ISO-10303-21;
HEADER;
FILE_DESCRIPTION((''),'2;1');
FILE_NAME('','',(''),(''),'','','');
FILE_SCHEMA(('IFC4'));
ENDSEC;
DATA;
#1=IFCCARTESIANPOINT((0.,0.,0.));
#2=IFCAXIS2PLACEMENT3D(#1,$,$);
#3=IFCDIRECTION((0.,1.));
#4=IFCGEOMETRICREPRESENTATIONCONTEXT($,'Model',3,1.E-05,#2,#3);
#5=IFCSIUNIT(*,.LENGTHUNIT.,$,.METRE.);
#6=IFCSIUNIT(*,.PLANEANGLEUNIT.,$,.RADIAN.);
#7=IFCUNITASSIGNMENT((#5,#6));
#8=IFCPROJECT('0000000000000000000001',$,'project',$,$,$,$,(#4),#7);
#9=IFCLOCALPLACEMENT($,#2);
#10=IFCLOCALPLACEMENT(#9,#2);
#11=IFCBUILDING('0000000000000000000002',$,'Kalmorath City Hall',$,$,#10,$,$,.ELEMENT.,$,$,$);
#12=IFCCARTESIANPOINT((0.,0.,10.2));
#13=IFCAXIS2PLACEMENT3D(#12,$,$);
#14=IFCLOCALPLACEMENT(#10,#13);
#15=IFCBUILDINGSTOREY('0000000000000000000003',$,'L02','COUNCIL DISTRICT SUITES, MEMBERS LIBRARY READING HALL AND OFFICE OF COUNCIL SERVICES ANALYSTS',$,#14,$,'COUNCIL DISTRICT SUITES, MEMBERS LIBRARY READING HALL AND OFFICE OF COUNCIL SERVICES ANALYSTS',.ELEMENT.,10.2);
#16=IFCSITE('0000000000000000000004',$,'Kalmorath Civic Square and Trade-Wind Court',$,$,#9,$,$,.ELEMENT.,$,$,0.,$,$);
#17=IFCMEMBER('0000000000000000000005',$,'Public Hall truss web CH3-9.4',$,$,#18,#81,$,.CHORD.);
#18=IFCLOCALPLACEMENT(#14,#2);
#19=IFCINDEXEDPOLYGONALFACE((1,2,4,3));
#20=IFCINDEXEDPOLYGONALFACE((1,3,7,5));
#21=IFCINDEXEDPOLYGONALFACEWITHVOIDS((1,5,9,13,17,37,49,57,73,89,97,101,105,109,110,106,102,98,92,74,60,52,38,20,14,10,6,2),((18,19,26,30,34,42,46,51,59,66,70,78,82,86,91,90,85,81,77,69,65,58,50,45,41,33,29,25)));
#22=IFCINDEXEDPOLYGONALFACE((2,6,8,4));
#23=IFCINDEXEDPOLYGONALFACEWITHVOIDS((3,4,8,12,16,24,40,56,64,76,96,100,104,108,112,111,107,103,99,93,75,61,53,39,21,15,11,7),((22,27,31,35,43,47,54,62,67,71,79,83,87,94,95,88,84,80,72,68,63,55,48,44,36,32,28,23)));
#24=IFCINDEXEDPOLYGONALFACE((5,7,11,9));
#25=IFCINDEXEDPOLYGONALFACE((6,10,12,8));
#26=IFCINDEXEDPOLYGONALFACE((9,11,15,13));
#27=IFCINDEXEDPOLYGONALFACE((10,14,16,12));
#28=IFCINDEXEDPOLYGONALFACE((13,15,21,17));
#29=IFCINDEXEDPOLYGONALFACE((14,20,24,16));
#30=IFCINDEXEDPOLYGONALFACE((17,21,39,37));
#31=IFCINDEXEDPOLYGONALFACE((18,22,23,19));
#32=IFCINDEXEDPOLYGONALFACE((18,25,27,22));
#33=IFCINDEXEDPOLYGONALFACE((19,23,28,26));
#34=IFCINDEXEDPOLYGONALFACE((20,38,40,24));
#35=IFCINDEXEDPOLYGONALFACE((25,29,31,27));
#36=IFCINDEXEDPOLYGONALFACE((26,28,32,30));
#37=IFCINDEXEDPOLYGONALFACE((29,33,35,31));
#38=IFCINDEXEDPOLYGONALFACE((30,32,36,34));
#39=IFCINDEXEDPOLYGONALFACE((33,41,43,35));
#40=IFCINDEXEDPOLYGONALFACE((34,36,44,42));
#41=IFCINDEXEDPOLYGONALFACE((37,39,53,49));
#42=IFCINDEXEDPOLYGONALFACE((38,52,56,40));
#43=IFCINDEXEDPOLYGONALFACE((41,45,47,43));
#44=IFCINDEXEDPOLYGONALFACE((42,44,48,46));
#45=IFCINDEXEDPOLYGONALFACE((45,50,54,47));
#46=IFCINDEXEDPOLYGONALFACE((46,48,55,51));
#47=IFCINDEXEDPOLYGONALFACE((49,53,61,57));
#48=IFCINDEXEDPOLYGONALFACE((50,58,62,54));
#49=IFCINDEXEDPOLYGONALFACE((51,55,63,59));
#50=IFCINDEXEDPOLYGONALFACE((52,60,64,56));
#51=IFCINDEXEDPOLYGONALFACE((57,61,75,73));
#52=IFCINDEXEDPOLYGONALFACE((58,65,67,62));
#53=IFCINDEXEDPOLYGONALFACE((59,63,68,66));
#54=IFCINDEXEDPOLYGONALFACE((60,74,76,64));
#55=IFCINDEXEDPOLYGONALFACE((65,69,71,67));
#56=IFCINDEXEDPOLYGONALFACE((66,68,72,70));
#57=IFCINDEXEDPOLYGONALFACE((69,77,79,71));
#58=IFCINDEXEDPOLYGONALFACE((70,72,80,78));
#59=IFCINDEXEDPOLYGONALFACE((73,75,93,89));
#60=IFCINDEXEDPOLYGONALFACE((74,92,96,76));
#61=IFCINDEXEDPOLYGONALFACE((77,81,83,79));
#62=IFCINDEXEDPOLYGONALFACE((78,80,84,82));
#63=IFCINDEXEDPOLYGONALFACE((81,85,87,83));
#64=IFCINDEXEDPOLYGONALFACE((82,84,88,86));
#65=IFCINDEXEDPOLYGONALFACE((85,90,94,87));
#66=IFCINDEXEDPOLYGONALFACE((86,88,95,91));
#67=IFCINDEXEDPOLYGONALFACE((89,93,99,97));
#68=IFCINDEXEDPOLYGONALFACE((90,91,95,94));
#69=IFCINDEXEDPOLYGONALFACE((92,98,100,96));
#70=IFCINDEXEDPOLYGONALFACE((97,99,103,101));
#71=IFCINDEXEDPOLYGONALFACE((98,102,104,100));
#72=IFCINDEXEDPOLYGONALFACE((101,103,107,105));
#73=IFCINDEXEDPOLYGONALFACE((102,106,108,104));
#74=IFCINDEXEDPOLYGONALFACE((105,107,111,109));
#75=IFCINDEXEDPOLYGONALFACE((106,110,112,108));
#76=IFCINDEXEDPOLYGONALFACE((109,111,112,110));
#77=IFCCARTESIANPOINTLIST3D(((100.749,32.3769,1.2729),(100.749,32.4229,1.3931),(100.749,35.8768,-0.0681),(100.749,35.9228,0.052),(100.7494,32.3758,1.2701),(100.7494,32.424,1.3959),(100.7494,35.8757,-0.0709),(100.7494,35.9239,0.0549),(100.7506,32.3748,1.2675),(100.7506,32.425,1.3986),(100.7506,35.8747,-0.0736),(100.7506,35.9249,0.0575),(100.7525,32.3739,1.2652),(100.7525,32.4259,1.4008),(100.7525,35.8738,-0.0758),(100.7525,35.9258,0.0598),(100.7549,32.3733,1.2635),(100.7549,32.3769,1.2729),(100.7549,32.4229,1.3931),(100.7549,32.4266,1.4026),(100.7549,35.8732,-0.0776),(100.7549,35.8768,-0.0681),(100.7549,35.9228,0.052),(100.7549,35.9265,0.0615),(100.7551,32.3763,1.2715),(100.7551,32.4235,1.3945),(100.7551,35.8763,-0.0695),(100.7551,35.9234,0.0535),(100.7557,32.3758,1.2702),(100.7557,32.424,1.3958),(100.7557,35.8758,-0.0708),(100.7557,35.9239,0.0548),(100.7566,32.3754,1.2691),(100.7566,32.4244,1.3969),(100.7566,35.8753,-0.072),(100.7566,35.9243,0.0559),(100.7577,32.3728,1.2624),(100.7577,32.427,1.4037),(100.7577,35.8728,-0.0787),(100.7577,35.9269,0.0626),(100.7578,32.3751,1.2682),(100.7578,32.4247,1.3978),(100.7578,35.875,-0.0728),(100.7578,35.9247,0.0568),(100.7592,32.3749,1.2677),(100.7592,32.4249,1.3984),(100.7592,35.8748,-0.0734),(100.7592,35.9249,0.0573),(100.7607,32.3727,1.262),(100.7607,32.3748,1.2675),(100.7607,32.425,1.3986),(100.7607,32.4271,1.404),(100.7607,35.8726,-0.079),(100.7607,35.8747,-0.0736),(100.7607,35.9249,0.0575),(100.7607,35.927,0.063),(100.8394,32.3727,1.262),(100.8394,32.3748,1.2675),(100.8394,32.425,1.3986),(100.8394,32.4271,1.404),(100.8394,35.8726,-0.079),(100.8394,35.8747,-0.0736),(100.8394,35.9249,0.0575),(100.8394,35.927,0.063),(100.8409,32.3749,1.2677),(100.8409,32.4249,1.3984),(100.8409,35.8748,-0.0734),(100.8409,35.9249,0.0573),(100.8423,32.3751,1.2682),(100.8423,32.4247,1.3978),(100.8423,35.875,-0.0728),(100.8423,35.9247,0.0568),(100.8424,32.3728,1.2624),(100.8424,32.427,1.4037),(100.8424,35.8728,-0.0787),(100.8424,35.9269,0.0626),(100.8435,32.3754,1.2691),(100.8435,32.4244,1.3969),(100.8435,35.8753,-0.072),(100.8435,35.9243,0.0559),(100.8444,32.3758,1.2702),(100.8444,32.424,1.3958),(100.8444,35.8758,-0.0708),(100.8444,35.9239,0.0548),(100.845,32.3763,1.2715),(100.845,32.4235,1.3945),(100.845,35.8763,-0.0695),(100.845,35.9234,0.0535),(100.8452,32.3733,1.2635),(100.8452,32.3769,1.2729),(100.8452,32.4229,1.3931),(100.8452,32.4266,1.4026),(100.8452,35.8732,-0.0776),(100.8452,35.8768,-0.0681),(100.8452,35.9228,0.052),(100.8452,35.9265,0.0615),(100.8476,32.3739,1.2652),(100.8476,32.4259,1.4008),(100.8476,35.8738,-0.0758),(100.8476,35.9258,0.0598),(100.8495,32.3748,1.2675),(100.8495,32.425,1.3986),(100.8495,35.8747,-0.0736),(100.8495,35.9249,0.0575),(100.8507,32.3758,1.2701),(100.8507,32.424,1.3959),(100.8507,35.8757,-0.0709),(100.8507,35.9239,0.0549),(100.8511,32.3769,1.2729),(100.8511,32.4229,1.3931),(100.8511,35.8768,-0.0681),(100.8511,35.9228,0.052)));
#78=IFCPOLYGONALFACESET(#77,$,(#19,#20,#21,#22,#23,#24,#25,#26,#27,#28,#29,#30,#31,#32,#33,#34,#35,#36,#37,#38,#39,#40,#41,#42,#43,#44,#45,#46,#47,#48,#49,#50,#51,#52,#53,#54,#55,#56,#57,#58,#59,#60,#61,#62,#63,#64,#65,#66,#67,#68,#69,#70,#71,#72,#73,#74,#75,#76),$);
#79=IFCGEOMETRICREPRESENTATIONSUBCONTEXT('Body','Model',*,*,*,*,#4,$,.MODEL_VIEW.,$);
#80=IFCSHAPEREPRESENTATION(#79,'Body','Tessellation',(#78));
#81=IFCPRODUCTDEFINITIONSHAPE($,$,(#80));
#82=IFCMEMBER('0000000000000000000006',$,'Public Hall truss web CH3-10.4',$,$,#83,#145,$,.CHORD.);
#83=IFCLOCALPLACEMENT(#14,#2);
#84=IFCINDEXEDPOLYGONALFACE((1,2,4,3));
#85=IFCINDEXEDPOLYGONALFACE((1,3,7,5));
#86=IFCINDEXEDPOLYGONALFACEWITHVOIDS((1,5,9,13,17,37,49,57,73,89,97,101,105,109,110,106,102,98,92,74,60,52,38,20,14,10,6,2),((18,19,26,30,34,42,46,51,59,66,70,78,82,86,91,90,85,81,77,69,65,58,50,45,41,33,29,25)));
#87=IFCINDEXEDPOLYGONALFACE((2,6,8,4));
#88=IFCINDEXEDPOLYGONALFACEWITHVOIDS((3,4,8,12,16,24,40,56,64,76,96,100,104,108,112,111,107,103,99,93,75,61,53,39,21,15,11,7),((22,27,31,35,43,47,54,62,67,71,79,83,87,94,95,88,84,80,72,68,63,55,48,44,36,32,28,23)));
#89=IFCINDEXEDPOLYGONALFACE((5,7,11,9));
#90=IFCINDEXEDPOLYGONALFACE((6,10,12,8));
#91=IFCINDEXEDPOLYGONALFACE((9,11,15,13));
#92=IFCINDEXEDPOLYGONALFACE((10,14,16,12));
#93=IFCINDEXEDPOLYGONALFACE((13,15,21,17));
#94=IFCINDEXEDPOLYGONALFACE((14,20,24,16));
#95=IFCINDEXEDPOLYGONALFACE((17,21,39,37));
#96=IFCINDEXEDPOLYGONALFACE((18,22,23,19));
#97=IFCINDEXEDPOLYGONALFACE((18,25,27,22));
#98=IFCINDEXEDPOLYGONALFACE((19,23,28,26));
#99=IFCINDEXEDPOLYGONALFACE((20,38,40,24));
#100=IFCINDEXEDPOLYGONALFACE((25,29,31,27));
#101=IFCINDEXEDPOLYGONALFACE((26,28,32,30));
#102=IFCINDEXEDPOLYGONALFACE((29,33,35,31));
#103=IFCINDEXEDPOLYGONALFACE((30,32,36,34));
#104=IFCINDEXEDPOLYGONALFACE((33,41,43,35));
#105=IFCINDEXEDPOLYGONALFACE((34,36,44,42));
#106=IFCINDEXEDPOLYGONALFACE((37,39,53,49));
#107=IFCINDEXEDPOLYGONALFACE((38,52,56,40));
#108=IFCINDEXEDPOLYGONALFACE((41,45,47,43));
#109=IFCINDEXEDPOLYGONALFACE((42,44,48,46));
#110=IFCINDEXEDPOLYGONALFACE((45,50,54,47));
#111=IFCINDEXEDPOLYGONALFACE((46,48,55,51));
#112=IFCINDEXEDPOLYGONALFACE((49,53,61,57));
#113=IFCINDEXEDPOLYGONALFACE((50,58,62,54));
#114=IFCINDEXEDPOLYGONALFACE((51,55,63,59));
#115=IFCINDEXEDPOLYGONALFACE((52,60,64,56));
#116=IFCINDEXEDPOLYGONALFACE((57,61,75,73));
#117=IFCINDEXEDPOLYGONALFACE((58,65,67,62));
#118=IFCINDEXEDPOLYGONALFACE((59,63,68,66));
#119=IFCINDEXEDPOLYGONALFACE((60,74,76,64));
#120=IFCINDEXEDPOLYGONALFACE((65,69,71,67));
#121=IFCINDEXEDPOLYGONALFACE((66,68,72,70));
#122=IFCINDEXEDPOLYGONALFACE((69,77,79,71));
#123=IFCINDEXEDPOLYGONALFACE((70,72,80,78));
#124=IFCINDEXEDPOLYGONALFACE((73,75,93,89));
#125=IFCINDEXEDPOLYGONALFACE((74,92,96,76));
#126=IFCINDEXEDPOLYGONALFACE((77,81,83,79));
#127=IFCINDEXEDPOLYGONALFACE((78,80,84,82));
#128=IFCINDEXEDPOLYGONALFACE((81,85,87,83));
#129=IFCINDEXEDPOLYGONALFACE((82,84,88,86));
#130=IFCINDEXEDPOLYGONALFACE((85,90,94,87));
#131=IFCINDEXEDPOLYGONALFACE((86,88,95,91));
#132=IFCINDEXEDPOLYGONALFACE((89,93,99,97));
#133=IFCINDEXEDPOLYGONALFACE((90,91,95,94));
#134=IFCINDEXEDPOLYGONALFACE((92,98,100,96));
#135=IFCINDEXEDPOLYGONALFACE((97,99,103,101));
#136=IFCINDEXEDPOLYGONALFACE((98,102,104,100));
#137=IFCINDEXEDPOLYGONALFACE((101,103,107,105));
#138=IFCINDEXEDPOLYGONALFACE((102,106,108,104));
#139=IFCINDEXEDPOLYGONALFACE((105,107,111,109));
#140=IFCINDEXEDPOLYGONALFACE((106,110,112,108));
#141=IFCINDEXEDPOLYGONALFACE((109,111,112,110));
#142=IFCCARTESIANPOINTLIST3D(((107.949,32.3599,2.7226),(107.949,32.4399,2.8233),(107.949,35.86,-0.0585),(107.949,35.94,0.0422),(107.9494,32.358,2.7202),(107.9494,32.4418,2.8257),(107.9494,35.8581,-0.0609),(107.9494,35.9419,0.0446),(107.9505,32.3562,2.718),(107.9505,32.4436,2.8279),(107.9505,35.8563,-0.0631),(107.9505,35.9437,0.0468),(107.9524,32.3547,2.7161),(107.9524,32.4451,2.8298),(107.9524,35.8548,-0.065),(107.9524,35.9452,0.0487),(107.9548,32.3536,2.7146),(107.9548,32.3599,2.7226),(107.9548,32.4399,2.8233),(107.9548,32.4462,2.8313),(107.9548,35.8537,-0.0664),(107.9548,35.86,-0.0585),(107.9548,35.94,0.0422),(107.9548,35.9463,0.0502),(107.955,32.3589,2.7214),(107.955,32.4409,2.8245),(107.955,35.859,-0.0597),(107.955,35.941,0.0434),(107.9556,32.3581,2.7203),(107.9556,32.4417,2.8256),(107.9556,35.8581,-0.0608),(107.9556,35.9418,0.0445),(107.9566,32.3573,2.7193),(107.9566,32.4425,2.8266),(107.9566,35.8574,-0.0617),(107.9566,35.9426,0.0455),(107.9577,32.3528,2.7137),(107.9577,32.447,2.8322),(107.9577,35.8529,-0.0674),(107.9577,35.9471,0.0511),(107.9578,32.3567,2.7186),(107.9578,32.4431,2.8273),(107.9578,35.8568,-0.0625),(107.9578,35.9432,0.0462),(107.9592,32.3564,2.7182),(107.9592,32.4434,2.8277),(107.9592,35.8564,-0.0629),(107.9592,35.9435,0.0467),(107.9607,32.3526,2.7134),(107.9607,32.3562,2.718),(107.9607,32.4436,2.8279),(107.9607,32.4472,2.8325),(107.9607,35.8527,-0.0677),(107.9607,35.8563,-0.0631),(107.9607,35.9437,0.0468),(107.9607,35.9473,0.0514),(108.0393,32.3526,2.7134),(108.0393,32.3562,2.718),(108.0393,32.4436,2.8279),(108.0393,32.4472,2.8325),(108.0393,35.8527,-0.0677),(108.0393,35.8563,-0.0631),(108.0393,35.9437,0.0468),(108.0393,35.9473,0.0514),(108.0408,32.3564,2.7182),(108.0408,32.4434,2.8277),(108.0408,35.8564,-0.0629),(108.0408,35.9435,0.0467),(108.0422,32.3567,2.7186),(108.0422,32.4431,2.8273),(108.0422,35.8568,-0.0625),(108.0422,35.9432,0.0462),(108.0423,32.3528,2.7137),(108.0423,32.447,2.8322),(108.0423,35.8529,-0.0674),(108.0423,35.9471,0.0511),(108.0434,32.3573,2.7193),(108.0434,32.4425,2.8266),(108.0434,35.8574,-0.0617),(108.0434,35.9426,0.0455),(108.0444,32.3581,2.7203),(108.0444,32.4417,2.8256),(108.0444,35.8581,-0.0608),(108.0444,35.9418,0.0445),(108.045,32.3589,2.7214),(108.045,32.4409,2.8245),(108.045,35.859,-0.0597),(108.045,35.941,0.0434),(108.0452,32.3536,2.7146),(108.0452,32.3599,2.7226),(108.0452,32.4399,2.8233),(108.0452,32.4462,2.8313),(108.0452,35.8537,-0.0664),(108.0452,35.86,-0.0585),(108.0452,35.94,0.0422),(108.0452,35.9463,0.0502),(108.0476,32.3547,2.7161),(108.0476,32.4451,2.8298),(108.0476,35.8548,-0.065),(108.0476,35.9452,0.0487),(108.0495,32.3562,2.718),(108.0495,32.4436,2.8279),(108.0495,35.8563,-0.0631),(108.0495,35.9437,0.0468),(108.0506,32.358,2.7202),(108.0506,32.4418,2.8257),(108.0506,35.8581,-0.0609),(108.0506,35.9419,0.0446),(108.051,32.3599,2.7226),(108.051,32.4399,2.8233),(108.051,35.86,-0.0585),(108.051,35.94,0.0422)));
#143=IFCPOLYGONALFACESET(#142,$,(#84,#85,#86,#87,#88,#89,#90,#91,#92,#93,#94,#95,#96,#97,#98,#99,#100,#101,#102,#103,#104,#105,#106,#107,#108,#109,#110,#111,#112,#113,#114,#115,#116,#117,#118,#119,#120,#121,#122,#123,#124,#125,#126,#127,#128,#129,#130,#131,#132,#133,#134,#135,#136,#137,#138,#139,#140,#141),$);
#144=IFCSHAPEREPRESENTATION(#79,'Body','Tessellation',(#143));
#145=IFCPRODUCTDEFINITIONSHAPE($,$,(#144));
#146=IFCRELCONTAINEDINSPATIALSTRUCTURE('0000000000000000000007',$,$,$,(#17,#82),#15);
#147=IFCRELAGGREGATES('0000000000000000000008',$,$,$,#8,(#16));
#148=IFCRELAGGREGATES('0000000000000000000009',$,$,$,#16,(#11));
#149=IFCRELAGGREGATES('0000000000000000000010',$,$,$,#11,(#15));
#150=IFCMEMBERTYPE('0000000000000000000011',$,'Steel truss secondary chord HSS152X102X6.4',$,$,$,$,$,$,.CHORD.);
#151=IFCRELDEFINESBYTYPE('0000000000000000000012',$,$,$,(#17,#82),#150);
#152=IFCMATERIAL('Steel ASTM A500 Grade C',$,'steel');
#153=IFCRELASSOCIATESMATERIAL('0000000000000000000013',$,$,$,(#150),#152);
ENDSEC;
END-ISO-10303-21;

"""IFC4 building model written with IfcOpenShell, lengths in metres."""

from ifc_helpers import new_model, si_unit, direction, frame, origin, origin_2d, place, context, subcontext, project, spatial, hollow_rectangle, extrude, material, material_profile, profile_set, type_object, element, save


model = new_model("IFC4")

# Units and contexts
model_context = context("Model", 3, precision=1e-05, world=origin(), true_north=direction((0.0, 1.0)))
body_context = subcontext(model_context, "Body", "Model", "MODEL_VIEW")
ifc_project = project(units=[si_unit("LENGTHUNIT", "METRE"), si_unit("PLANEANGLEUNIT", "RADIAN")], contexts=[model_context])

# Site, building, storey
site_placement = place(None, origin())
site = spatial("IfcSite", under=ifc_project, at=site_placement, Name="Kalmorath Civic Square and Trade-Wind Court", CompositionType="ELEMENT", RefElevation=0.0)
building_placement = place(site_placement, origin())
building = spatial("IfcBuilding", under=site, at=building_placement, Name="Kalmorath City Hall", CompositionType="ELEMENT")
storey_placement = place(building_placement, frame((0.0, 0.0, 10.2)))
storey = spatial("IfcBuildingStorey", under=building, at=storey_placement, Name="L02", Description="COUNCIL DISTRICT SUITES, MEMBERS LIBRARY READING HALL AND OFFICE OF COUNCIL SERVICES ANALYSTS", LongName="COUNCIL DISTRICT SUITES, MEMBERS LIBRARY READING HALL AND OFFICE OF COUNCIL SERVICES ANALYSTS", CompositionType="ELEMENT", Elevation=10.2)

# Members
ifc_material_1 = material(Name="Steel ASTM A500 Grade C", Category="steel")
ifc_material_profile_1 = material_profile(ifc_material_1, hollow_rectangle(XDim=0.1021, YDim=0.1521, WallThickness=0.0059, InnerFilletRadius=0.0059, OuterFilletRadius=0.0117, at=origin_2d()), Name="HSS152X102X6.4")
ifc_profile_set_1 = profile_set([ifc_material_profile_1], Name="Steel ASTM A500 Grade C")
member_type_1 = type_object("IfcMemberType", Name="Steel truss secondary chord HSS152X102X6.4", PredefinedType="CHORD", material=ifc_profile_set_1)
member_1_placement = place(storey_placement, frame((100.8, 32.3999, 1.333), z_axis=(0.0, 0.9338, -0.357796), x_axis=(-1.0, 0.0, 0.0)))
element("IfcMember", 1, at=member_1_placement, inside=storey, type_object=member_type_1, Name="Public Hall truss web CH3-9.4", PredefinedType="CHORD", context=body_context, shape_type="SweptSolid", body=[
    extrude(hollow_rectangle(XDim=0.1021, YDim=0.1521, WallThickness=0.0059, InnerFilletRadius=0.0059, OuterFilletRadius=0.0117, at=origin_2d()), origin(), (0.0, 0.0, 1.0), 3.748),
])
member_2_placement = place(storey_placement, frame((108.0, 32.3999, 2.7729), z_axis=(0.0, 0.782937, -0.622101), x_axis=(-1.0, 0.0, 0.0)))
element("IfcMember", 2, at=member_2_placement, inside=storey, type_object=member_type_1, Name="Public Hall truss web CH3-10.4", PredefinedType="CHORD", context=body_context, shape_type="SweptSolid", body=[
    extrude(hollow_rectangle(XDim=0.1021, YDim=0.1521, WallThickness=0.0059, InnerFilletRadius=0.0059, OuterFilletRadius=0.0117, at=origin_2d()), origin(), (0.0, 0.0, 1.0), 4.4705),
])

save(model, "model.ifc")
